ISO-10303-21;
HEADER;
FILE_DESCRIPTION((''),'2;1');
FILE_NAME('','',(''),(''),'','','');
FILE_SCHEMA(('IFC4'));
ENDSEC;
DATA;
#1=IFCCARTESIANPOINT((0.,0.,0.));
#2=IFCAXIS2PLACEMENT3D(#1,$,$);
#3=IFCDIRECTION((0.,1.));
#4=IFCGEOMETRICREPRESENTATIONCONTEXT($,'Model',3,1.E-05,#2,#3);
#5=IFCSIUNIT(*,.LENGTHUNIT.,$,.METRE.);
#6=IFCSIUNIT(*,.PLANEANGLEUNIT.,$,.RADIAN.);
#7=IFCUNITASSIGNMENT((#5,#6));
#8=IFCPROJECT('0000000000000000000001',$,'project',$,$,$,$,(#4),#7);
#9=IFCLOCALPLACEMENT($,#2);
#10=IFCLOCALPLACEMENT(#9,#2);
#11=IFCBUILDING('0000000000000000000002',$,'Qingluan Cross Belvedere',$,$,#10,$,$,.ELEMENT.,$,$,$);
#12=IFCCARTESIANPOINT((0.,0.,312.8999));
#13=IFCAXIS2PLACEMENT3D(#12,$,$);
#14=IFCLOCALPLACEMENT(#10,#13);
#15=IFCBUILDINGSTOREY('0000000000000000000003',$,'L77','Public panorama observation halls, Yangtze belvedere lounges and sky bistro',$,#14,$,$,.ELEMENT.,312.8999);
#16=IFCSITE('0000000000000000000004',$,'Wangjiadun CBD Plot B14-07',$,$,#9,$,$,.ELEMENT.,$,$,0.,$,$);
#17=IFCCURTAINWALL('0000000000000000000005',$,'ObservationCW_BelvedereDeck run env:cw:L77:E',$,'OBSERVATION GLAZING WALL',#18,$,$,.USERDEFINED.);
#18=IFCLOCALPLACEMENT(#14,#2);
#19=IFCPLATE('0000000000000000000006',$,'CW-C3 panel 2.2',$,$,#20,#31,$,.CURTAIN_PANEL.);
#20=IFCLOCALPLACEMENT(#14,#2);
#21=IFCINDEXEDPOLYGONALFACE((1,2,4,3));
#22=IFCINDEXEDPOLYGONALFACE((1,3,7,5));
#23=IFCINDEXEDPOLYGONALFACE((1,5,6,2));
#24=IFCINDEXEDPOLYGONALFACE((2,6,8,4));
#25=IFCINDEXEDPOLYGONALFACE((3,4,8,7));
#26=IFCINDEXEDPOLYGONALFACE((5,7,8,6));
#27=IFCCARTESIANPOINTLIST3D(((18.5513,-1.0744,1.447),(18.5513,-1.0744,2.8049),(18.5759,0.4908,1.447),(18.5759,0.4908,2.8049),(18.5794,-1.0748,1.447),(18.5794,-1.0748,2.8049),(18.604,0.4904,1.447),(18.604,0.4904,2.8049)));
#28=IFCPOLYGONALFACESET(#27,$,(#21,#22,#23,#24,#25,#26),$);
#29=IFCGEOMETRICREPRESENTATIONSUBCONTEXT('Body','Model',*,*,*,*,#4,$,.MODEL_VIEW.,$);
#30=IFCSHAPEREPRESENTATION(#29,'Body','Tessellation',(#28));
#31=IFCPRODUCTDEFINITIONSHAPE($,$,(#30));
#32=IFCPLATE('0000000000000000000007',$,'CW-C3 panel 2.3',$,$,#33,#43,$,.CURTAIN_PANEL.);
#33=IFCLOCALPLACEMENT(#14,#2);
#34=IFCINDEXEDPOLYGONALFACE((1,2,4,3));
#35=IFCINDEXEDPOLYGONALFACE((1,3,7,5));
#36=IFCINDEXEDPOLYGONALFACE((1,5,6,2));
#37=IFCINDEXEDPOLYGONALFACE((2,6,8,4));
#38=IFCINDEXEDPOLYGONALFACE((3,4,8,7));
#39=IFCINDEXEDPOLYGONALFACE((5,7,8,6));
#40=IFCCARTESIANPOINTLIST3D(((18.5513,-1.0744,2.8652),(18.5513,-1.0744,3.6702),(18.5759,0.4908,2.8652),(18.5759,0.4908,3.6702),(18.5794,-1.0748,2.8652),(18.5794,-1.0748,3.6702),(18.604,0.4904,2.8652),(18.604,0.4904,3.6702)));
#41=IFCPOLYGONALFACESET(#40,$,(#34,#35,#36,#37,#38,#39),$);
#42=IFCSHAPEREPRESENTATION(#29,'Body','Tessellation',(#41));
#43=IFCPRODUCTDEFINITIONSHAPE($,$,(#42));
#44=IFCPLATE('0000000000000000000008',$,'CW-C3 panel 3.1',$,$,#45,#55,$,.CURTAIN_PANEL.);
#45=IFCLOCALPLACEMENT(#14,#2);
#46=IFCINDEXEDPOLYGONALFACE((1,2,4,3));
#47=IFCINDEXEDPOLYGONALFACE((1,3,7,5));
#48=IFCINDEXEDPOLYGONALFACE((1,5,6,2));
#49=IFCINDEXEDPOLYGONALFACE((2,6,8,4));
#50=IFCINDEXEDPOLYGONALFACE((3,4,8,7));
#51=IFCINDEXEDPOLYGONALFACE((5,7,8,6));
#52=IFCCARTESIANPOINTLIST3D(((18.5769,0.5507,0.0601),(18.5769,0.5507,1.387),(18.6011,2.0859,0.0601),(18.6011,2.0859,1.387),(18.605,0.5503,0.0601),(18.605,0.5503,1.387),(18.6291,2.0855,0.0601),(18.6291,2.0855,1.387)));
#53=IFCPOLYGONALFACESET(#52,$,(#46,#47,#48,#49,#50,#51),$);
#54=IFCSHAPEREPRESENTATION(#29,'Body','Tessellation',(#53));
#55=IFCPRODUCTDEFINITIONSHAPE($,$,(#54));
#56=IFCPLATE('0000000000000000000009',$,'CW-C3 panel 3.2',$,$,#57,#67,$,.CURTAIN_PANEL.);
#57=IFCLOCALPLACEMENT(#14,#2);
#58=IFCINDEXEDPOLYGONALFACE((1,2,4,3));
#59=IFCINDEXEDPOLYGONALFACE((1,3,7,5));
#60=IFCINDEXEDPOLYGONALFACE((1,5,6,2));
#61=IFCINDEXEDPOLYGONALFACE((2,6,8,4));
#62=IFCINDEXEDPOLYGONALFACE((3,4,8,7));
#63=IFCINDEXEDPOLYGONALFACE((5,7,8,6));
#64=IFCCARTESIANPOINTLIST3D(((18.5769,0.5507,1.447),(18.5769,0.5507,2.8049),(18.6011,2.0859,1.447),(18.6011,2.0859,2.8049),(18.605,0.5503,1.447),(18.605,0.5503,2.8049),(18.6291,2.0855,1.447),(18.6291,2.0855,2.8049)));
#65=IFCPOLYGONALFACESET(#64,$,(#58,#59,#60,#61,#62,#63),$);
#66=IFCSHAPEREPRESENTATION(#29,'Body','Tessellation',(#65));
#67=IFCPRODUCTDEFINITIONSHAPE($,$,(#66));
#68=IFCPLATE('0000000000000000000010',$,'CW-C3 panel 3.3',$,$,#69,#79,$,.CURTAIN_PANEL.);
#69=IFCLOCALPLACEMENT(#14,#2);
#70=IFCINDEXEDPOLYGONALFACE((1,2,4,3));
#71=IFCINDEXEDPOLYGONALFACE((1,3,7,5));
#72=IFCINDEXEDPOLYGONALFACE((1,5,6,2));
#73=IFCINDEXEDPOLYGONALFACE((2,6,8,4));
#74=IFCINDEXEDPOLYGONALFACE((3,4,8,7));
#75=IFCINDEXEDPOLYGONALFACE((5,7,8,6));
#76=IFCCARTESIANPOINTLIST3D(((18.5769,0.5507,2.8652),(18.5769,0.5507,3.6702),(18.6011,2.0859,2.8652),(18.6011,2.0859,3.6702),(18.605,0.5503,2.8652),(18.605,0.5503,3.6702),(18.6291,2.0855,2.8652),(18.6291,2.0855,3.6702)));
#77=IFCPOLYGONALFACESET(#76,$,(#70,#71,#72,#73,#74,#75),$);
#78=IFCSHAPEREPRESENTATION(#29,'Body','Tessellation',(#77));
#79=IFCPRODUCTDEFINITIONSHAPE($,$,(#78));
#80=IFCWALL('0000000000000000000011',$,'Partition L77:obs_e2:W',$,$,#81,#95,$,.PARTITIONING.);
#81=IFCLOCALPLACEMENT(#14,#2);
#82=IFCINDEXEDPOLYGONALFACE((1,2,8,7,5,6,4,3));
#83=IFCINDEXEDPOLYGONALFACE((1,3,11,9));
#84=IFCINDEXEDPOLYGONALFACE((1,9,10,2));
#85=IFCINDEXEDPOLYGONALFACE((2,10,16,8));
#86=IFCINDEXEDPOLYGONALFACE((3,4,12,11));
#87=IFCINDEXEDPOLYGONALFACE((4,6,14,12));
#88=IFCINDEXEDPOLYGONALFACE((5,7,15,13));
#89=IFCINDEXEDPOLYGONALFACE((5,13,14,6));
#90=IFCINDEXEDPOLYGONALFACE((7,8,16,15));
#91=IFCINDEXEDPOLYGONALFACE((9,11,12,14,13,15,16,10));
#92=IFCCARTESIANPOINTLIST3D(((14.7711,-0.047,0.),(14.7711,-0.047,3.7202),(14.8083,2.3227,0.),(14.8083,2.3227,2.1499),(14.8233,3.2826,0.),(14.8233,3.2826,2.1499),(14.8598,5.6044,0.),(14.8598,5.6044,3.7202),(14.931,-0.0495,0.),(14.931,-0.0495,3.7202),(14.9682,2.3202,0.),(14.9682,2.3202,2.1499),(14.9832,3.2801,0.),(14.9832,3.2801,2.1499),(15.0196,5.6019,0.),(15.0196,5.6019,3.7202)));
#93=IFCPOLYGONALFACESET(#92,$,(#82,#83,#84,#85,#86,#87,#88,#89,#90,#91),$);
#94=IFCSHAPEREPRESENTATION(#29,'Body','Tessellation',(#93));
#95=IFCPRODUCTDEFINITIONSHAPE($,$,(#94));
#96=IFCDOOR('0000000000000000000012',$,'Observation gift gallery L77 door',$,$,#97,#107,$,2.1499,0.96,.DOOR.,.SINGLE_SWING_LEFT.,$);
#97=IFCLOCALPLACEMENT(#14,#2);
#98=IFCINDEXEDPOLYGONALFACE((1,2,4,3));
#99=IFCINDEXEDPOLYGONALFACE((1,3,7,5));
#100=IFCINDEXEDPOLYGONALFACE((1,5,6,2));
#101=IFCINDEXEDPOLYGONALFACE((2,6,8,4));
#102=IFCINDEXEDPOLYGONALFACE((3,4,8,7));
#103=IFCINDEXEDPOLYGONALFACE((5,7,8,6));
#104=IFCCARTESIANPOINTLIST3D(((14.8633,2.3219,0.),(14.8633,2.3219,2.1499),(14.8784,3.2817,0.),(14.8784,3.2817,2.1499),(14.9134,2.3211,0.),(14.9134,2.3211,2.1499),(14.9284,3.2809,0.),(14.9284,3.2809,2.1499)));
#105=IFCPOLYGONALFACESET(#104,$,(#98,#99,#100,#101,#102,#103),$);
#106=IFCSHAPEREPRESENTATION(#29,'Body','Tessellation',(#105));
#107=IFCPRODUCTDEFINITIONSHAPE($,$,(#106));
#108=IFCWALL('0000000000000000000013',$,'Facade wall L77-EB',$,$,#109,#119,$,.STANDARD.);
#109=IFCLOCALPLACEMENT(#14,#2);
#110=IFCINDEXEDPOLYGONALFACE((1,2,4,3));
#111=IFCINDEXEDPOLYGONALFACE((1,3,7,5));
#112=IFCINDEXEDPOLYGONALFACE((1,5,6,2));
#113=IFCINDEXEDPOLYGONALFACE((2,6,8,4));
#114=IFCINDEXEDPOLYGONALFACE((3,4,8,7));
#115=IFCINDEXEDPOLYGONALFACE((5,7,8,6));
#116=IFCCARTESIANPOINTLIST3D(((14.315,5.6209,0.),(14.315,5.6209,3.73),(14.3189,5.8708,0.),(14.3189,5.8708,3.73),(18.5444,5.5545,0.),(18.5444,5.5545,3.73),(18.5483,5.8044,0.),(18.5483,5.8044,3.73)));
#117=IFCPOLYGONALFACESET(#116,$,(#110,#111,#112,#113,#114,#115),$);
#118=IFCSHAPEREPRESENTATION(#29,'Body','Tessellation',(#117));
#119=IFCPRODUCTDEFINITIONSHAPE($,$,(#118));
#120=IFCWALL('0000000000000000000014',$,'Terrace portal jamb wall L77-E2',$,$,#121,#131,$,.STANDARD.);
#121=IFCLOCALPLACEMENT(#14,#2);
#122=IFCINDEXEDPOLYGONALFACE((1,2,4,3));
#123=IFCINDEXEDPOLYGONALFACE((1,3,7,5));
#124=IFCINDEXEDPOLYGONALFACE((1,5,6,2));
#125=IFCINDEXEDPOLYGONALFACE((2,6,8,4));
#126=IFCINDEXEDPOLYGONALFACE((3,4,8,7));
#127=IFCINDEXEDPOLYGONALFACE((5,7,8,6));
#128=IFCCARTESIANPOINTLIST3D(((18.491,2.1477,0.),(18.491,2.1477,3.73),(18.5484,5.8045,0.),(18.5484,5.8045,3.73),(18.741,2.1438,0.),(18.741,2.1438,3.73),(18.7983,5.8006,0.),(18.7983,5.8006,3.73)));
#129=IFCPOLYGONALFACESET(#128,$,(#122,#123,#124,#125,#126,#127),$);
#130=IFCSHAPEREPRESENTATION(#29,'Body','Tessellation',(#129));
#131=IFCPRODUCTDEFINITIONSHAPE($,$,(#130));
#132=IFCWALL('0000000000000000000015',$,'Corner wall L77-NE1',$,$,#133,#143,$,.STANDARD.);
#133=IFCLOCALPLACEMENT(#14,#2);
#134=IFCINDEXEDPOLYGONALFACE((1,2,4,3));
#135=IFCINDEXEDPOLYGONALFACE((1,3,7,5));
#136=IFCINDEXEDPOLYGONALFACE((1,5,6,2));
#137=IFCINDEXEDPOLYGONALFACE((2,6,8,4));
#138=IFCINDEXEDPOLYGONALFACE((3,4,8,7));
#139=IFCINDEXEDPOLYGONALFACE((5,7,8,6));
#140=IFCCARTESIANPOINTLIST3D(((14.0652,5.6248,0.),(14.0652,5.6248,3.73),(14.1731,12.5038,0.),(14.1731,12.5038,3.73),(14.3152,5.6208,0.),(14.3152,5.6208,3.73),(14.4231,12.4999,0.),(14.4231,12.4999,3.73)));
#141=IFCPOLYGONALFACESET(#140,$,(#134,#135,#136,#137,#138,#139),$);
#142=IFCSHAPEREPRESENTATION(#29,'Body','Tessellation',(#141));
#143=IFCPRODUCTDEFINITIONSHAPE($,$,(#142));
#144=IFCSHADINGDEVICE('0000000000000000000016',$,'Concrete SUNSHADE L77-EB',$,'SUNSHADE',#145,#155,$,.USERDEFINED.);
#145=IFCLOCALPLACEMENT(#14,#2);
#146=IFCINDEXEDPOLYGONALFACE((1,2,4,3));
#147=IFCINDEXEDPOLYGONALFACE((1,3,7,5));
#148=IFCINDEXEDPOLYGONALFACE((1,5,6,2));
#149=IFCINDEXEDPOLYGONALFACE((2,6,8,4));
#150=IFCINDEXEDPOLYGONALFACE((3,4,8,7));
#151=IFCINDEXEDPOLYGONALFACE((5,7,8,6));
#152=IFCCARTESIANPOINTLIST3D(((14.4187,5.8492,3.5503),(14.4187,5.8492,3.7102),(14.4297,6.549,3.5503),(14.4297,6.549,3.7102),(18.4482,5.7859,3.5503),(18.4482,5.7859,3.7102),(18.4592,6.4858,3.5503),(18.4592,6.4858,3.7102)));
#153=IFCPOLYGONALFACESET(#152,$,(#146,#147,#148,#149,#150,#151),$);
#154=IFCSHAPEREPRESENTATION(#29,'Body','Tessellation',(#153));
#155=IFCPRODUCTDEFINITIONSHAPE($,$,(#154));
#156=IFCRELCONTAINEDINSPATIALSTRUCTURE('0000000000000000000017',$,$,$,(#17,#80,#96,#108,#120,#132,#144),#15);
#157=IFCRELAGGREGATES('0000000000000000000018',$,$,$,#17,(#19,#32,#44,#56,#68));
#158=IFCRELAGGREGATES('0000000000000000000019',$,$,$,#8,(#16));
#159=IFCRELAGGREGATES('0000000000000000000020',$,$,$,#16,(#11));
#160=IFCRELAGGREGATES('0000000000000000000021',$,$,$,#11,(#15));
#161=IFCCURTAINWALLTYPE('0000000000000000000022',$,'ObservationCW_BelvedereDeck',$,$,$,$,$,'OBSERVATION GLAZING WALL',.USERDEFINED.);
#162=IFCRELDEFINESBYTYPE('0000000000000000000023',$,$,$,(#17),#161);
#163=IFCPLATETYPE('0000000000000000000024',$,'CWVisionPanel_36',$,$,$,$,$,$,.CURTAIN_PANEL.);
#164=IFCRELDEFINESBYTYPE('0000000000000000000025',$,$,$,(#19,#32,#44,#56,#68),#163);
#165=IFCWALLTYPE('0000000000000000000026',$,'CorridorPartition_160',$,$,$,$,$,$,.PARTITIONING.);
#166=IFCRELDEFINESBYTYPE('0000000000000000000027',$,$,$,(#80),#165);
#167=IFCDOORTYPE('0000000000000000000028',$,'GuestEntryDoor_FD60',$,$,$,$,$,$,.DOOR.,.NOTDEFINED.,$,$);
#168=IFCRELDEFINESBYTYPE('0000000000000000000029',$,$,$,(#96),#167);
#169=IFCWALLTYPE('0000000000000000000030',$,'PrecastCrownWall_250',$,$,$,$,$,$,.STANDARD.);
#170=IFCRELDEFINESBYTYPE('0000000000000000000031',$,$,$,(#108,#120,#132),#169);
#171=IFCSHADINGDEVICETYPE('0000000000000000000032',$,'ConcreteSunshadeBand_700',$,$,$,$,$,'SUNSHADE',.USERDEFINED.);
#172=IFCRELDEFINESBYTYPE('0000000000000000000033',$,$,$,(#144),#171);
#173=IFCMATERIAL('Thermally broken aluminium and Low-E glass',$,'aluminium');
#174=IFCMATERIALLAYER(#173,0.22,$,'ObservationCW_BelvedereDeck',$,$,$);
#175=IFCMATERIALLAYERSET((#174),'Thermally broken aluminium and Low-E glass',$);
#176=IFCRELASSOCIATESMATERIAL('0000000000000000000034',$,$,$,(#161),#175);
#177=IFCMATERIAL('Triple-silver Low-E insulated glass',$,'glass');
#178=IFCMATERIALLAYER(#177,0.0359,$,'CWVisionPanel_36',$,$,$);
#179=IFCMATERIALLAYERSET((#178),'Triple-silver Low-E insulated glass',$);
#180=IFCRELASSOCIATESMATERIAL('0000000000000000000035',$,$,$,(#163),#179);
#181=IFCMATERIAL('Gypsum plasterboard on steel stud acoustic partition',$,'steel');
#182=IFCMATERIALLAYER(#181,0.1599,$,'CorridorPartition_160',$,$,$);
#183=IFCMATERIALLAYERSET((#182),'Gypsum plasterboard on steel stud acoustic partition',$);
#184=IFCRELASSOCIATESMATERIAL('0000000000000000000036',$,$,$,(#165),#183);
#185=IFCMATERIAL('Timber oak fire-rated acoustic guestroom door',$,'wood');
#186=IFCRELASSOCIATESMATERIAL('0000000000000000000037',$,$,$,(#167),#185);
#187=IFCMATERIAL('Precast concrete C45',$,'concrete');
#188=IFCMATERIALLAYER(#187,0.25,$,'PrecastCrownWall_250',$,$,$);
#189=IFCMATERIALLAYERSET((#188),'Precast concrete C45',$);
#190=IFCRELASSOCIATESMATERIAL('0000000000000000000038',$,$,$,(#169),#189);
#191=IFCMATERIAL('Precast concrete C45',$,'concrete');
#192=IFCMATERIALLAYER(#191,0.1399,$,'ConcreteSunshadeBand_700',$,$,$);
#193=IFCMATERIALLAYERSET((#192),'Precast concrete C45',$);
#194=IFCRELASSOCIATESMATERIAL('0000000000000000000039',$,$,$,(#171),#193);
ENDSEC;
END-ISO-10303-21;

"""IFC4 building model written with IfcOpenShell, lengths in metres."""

from ifc_helpers import new_model, si_unit, direction, frame, frame_2d, origin, origin_2d, place, context, subcontext, project, spatial, rectangle, extrude, material, layer, layer_set, type_object, element, fill, aggregate, save


model = new_model("IFC4")

# Units and contexts
model_context = context("Model", 3, precision=1e-05, world=origin(), true_north=direction((0.0, 1.0)))
body_context = subcontext(model_context, "Body", "Model", "MODEL_VIEW")
ifc_project = project(units=[si_unit("LENGTHUNIT", "METRE"), si_unit("PLANEANGLEUNIT", "RADIAN")], contexts=[model_context])

# Site, building, storey
site_placement = place(None, origin())
site = spatial("IfcSite", under=ifc_project, at=site_placement, Name="Wangjiadun CBD Plot B14-07", CompositionType="ELEMENT", RefElevation=0.0)
building_placement = place(site_placement, origin())
building = spatial("IfcBuilding", under=site, at=building_placement, Name="Qingluan Cross Belvedere", CompositionType="ELEMENT")
storey_placement = place(building_placement, frame((0.0, 0.0, 312.8999)))
storey = spatial("IfcBuildingStorey", under=building, at=storey_placement, Name="L77", Description="Public panorama observation halls, Yangtze belvedere lounges and sky bistro", CompositionType="ELEMENT", Elevation=312.8999)

# Curtain wall
ifc_material_1 = material(Name="Thermally broken aluminium and Low-E glass", Category="aluminium")
ifc_layer_1 = layer(ifc_material_1, 0.22, Name="ObservationCW_BelvedereDeck")
ifc_layer_set_1 = layer_set([ifc_layer_1], Name="Thermally broken aluminium and Low-E glass")
curtain_wall_type = type_object("IfcCurtainWallType", Name="ObservationCW_BelvedereDeck", ElementType="OBSERVATION GLAZING WALL", PredefinedType="USERDEFINED", material=ifc_layer_set_1)
curtain_wall_placement = place(storey_placement, origin())
curtain_wall = element("IfcCurtainWall", 1, at=curtain_wall_placement, inside=storey, type_object=curtain_wall_type, Name="ObservationCW_BelvedereDeck run env:cw:L77:E", ObjectType="OBSERVATION GLAZING WALL", PredefinedType="USERDEFINED")

# Plates
ifc_material_2 = material(Name="Triple-silver Low-E insulated glass", Category="glass")
ifc_layer_2 = layer(ifc_material_2, 0.0359, Name="CWVisionPanel_36")
ifc_layer_set_2 = layer_set([ifc_layer_2], Name="Triple-silver Low-E insulated glass")
plate_type = type_object("IfcPlateType", Name="CWVisionPanel_36", PredefinedType="CURTAIN_PANEL", material=ifc_layer_set_2)
plate_1_placement = place(storey_placement, frame((18.5776, -0.292, 1.447), z_axis=(0.0, 0.0, 1.0), x_axis=(0.01571, 0.999877, 0.0)))
plate_1 = element("IfcPlate", 2, at=plate_1_placement, type_object=plate_type, Name="CW-C3 panel 2.2", PredefinedType="CURTAIN_PANEL", context=body_context, shape_type="SweptSolid", body=[
    extrude(rectangle(XDim=1.5654, YDim=0.0281, at=origin_2d()), origin(), (0.0, 0.0, 1.0), 1.3579),
])
plate_2_placement = place(storey_placement, frame((18.5776, -0.292, 2.8652), z_axis=(0.0, 0.0, 1.0), x_axis=(0.01571, 0.999877, 0.0)))
plate_2 = element("IfcPlate", 3, at=plate_2_placement, type_object=plate_type, Name="CW-C3 panel 2.3", PredefinedType="CURTAIN_PANEL", context=body_context, shape_type="SweptSolid", body=[
    extrude(rectangle(XDim=1.5654, YDim=0.0281, at=origin_2d()), origin(), (0.0, 0.0, 1.0), 0.8049),
])
plate_3_placement = place(storey_placement, frame((18.603, 1.3181, 0.0601), z_axis=(0.0, 0.0, 1.0), x_axis=(0.01571, 0.999877, 0.0)))
plate_3 = element("IfcPlate", 4, at=plate_3_placement, type_object=plate_type, Name="CW-C3 panel 3.1", PredefinedType="CURTAIN_PANEL", context=body_context, shape_type="SweptSolid", body=[
    extrude(rectangle(XDim=1.5354, YDim=0.0281, at=origin_2d()), origin(), (0.0, 0.0, 1.0), 1.3269),
])
plate_4_placement = place(storey_placement, frame((18.603, 1.3181, 1.447), z_axis=(0.0, 0.0, 1.0), x_axis=(0.01571, 0.999877, 0.0)))
plate_4 = element("IfcPlate", 5, at=plate_4_placement, type_object=plate_type, Name="CW-C3 panel 3.2", PredefinedType="CURTAIN_PANEL", context=body_context, shape_type="SweptSolid", body=[
    extrude(rectangle(XDim=1.5354, YDim=0.0281, at=origin_2d()), origin(), (0.0, 0.0, 1.0), 1.3579),
])
plate_5_placement = place(storey_placement, frame((18.603, 1.3181, 2.8652), z_axis=(0.0, 0.0, 1.0), x_axis=(0.01571, 0.999877, 0.0)))
plate_5 = element("IfcPlate", 6, at=plate_5_placement, type_object=plate_type, Name="CW-C3 panel 3.3", PredefinedType="CURTAIN_PANEL", context=body_context, shape_type="SweptSolid", body=[
    extrude(rectangle(XDim=1.5354, YDim=0.0281, at=origin_2d()), origin(), (0.0, 0.0, 1.0), 0.8049),
])
aggregate(curtain_wall, [plate_1, plate_2, plate_3, plate_4, plate_5])

# Wall, opening, door
ifc_material_3 = material(Name="Gypsum plasterboard on steel stud acoustic partition", Category="steel")
ifc_layer_3 = layer(ifc_material_3, 0.1599, Name="CorridorPartition_160")
ifc_layer_set_3 = layer_set([ifc_layer_3], Name="Gypsum plasterboard on steel stud acoustic partition")
wall_type_1 = type_object("IfcWallType", Name="CorridorPartition_160", PredefinedType="PARTITIONING", material=ifc_layer_set_3)
wall_1_placement = place(storey_placement, frame((14.8511, -0.0483, 0.0), z_axis=(0.0, 0.0, 1.0), x_axis=(0.01568, 0.999877, 0.0)))
wall_1 = element("IfcWall", 7, at=wall_1_placement, inside=storey, type_object=wall_type_1, Name="Partition L77:obs_e2:W", PredefinedType="PARTITIONING", context=body_context, shape_type="SweptSolid", body=[
    extrude(rectangle(XDim=5.6521, YDim=0.1599, at=frame_2d((2.8262, 0.0))), origin(), (0.0, 0.0, 1.0), 3.7202),
])
opening_placement = place(wall_1_placement, frame((2.3701, 0.0, 0.0)))
opening = element("IfcOpeningElement", 8, at=opening_placement, cuts=wall_1, PredefinedType="OPENING", context=body_context, shape_type="SweptSolid", body=[
    extrude(rectangle(XDim=0.96, YDim=2.1499, at=frame_2d((0.48, 1.075))), frame((0.0, 0.0898, 0.0), z_axis=(0.0, -1.0, 0.0), x_axis=(1.0, 0.0, 0.0)), (0.0, 0.0, 1.0), 0.1799),
])
ifc_material_4 = material(Name="Timber oak fire-rated acoustic guestroom door", Category="wood")
door_type = type_object("IfcDoorType", Name="GuestEntryDoor_FD60", OperationType="NOTDEFINED", PredefinedType="DOOR", material=ifc_material_4)
door_placement = place(opening_placement, origin())
door = element("IfcDoor", 9, at=door_placement, inside=storey, type_object=door_type, Name="Observation gift gallery L77 door", OperationType="SINGLE_SWING_LEFT", OverallHeight=2.1499, OverallWidth=0.96, PredefinedType="DOOR", context=body_context, shape_type="SweptSolid", body=[
    extrude(rectangle(XDim=0.96, YDim=2.1499, at=frame_2d((0.48, 1.075))), frame((0.0, 0.0249, 0.0), z_axis=(0.0, -1.0, 0.0), x_axis=(1.0, 0.0, 0.0)), (0.0, 0.0, 1.0), 0.05),
])
fill(opening, door)

# Walls
ifc_material_5 = material(Name="Precast concrete C45", Category="concrete")
ifc_layer_4 = layer(ifc_material_5, 0.25, Name="PrecastCrownWall_250")
ifc_layer_set_4 = layer_set([ifc_layer_4], Name="Precast concrete C45")
wall_type_2 = type_object("IfcWallType", Name="PrecastCrownWall_250", PredefinedType="STANDARD", material=ifc_layer_set_4)
wall_2_placement = place(storey_placement, frame((18.5464, 5.6794, 0.0), z_axis=(0.0, 0.0, 1.0), x_axis=(-0.999877, 0.015699, 0.0)))
element("IfcWall", 10, at=wall_2_placement, inside=storey, type_object=wall_type_2, Name="Facade wall L77-EB", PredefinedType="STANDARD", context=body_context, shape_type="SweptSolid", body=[
    extrude(rectangle(XDim=4.23, YDim=0.25, at=frame_2d((2.115, 0.0))), origin(), (0.0, 0.0, 1.0), 3.73),
])
wall_3_placement = place(storey_placement, frame((18.616, 2.1458, 0.0), z_axis=(0.0, 0.0, 1.0), x_axis=(0.015688, 0.999877, 0.0)))
element("IfcWall", 11, at=wall_3_placement, inside=storey, type_object=wall_type_2, Name="Terrace portal jamb wall L77-E2", PredefinedType="STANDARD", context=body_context, shape_type="SweptSolid", body=[
    extrude(rectangle(XDim=3.6572, YDim=0.25, at=frame_2d((1.8286, 0.0))), origin(), (0.0, 0.0, 1.0), 3.73),
])
wall_4_placement = place(storey_placement, frame((14.1902, 5.6228, 0.0), z_axis=(0.0, 0.0, 1.0), x_axis=(0.015685, 0.999877, 0.0)))
element("IfcWall", 12, at=wall_4_placement, inside=storey, type_object=wall_type_2, Name="Corner wall L77-NE1", PredefinedType="STANDARD", context=body_context, shape_type="SweptSolid", body=[
    extrude(rectangle(XDim=6.8799, YDim=0.25, at=frame_2d((3.4399, 0.0))), origin(), (0.0, 0.0, 1.0), 3.73),
])

# Shading device
ifc_material_6 = material(Name="Precast concrete C45", Category="concrete")
ifc_layer_5 = layer(ifc_material_6, 0.1399, Name="ConcreteSunshadeBand_700")
ifc_layer_set_5 = layer_set([ifc_layer_5], Name="Precast concrete C45")
shading_device_type = type_object("IfcShadingDeviceType", Name="ConcreteSunshadeBand_700", ElementType="SUNSHADE", PredefinedType="USERDEFINED", material=ifc_layer_set_5)
shading_device_placement = place(storey_placement, frame((16.439, 6.1675, 3.5503), z_axis=(0.0, 0.0, 1.0), x_axis=(-0.999877, 0.015697, 0.0)))
element("IfcShadingDevice", 13, at=shading_device_placement, inside=storey, type_object=shading_device_type, Name="Concrete SUNSHADE L77-EB", ObjectType="SUNSHADE", PredefinedType="USERDEFINED", context=body_context, shape_type="SweptSolid", body=[
    extrude(rectangle(XDim=4.03, YDim=0.7, at=origin_2d()), origin(), (0.0, 0.0, 1.0), 0.1599),
])

save(model, "model.ifc")
